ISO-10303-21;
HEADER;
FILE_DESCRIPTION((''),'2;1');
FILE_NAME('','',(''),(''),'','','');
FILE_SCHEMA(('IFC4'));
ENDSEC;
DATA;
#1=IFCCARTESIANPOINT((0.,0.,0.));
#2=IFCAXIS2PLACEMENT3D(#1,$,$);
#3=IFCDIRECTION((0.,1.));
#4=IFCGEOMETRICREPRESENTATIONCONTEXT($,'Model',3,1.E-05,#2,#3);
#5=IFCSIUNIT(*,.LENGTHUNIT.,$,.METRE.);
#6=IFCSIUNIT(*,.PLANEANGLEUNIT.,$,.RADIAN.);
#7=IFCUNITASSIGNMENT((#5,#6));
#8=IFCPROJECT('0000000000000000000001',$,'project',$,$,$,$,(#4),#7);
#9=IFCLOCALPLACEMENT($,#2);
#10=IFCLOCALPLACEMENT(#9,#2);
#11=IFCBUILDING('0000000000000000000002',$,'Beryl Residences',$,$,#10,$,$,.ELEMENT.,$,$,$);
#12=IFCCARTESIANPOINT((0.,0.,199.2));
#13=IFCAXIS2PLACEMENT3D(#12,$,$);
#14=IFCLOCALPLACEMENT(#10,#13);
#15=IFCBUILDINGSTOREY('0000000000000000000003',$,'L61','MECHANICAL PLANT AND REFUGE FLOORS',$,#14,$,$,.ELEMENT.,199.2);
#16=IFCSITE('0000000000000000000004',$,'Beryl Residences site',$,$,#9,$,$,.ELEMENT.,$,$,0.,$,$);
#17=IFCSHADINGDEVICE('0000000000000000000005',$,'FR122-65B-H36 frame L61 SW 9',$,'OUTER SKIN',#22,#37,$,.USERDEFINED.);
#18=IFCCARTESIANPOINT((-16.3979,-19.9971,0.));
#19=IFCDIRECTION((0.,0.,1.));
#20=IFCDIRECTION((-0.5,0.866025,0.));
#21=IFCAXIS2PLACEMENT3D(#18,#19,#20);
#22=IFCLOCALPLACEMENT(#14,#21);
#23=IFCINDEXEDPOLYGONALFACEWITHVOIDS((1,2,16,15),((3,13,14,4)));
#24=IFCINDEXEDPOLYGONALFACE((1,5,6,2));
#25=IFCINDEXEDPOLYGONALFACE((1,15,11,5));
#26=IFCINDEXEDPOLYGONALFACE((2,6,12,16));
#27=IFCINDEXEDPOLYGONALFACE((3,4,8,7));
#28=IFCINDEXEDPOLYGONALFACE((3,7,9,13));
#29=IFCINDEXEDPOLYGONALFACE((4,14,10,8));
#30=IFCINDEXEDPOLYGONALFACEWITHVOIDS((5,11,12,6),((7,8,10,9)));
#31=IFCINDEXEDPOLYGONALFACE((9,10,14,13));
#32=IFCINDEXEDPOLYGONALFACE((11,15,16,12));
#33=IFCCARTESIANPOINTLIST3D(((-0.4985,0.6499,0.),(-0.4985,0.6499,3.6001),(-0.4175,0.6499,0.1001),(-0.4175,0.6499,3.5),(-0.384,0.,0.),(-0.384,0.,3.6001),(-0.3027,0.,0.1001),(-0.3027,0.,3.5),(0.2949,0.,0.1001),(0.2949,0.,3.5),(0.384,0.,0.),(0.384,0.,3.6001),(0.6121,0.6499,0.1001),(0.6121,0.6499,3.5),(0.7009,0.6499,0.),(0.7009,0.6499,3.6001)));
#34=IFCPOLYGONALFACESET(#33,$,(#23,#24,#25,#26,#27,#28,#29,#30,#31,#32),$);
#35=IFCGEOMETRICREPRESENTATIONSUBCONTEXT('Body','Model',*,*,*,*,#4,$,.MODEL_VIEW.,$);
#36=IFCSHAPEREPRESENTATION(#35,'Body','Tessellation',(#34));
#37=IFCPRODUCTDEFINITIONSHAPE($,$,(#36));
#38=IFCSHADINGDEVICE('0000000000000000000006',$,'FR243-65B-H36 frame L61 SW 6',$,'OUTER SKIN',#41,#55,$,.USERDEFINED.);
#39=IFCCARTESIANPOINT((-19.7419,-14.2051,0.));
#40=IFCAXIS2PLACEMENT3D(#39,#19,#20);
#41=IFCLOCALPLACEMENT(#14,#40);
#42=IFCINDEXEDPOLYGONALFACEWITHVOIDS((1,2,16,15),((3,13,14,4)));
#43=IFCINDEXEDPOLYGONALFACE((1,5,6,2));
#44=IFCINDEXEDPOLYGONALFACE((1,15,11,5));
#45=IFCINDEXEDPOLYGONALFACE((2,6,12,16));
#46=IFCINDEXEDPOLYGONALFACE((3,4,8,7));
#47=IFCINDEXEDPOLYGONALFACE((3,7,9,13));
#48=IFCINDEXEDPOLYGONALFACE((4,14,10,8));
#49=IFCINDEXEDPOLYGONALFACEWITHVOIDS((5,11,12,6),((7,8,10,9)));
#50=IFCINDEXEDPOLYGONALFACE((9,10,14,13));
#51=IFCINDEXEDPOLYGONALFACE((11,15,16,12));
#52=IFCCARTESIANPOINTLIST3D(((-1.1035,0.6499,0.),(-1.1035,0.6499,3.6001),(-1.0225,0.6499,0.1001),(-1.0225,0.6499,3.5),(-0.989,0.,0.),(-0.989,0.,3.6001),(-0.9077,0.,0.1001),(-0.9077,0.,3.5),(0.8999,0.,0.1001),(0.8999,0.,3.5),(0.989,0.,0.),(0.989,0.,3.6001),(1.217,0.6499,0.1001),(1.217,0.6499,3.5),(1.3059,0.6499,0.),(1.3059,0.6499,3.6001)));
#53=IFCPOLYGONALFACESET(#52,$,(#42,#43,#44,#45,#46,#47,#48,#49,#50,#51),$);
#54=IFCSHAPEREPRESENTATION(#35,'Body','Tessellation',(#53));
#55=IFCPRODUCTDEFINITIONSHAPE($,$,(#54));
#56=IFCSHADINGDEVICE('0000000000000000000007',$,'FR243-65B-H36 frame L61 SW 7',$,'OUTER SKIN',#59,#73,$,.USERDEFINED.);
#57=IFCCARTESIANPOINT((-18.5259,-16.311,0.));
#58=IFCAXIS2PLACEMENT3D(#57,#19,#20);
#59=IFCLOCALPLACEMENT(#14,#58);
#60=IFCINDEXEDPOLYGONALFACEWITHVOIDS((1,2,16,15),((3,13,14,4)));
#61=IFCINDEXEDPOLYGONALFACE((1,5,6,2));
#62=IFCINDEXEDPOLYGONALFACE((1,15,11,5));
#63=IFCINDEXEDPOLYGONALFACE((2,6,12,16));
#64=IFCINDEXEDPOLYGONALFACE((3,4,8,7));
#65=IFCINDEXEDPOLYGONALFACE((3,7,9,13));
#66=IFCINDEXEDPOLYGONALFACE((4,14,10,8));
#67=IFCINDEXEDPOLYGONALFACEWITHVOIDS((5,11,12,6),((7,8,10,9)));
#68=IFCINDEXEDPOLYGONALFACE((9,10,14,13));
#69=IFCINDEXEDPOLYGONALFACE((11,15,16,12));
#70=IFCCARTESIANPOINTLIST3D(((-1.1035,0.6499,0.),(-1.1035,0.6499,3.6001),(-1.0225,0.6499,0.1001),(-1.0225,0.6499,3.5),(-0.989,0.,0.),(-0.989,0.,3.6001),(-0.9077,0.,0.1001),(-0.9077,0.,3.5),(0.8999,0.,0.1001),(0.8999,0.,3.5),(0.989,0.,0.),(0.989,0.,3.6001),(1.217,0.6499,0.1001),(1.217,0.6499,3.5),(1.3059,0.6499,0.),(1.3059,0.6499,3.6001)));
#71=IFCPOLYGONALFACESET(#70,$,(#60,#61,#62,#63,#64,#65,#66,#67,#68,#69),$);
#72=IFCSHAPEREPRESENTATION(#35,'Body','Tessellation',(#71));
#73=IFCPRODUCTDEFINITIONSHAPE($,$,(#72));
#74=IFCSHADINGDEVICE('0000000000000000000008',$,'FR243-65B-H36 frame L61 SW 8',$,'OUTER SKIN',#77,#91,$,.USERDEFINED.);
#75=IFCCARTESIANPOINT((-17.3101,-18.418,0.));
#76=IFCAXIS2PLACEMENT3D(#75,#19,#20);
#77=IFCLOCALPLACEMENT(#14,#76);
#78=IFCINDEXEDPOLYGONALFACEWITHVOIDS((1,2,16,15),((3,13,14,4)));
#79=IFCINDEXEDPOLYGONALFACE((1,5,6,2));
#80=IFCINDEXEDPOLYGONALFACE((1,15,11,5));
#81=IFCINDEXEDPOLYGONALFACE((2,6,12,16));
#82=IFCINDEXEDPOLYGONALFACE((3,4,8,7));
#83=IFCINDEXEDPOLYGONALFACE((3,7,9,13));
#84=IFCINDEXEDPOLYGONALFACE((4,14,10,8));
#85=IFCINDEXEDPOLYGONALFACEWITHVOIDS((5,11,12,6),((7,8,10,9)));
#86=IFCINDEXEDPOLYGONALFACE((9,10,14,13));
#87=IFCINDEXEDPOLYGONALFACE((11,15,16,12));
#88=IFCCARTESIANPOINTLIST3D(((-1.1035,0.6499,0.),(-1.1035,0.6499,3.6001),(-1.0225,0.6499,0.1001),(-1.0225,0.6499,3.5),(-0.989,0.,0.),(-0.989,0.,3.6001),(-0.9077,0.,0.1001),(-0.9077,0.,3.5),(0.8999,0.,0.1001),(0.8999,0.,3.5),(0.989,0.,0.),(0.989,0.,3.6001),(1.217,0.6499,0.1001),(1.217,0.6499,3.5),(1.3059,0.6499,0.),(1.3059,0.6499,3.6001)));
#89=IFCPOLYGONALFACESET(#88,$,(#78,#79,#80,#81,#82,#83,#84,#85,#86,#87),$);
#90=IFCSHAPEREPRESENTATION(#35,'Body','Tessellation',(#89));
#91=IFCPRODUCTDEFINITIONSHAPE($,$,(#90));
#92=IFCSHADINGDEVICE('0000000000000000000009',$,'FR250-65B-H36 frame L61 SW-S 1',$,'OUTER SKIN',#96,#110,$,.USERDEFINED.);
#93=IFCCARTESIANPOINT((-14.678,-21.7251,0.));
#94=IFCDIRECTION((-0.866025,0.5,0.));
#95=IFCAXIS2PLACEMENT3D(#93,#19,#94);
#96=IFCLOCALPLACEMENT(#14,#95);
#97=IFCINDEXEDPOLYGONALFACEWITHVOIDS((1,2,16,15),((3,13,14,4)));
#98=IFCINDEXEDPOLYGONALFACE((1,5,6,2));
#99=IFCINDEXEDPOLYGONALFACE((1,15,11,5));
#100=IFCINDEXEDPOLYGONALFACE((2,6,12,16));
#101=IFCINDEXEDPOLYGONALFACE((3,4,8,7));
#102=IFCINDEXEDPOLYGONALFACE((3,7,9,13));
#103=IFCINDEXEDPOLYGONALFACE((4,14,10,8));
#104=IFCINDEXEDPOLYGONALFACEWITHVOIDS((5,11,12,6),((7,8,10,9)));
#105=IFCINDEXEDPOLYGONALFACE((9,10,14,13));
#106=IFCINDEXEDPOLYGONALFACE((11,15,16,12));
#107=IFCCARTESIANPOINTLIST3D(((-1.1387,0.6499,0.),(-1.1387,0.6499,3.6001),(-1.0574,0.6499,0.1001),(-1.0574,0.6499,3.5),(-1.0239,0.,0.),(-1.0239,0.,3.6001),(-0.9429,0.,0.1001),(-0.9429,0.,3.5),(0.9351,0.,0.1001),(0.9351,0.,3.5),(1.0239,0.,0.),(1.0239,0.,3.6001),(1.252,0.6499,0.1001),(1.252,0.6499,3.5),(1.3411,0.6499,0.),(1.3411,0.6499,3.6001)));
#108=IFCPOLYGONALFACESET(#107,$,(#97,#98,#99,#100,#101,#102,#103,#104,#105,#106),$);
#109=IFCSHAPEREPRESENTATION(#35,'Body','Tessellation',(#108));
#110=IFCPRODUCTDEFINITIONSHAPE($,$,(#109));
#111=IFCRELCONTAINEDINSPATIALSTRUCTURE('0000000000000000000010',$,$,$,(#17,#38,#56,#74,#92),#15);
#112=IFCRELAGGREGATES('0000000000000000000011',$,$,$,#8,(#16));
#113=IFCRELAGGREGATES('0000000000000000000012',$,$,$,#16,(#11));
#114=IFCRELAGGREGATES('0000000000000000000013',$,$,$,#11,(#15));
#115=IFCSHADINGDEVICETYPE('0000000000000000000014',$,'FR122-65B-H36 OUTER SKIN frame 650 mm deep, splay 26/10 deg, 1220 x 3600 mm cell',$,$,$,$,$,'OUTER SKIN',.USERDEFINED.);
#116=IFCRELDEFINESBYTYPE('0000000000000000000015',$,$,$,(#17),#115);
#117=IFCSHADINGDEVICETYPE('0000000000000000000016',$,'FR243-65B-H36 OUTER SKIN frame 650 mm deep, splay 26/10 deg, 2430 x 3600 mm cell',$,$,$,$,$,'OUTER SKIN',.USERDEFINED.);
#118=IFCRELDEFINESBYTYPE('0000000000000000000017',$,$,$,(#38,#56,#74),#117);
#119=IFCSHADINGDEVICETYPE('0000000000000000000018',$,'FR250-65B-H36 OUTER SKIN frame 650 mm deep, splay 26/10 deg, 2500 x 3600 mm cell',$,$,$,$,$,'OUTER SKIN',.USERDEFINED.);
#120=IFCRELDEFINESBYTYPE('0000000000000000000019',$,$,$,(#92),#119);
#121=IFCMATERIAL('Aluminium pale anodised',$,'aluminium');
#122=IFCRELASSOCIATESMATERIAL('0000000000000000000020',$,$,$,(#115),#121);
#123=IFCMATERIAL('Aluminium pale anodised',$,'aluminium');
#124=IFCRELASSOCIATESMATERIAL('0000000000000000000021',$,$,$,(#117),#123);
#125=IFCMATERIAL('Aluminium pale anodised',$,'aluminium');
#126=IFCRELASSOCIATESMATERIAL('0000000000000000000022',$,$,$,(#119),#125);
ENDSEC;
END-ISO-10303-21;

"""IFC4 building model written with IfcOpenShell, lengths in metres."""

from ifc_helpers import new_model, entity, si_unit, direction, frame, origin, place, context, subcontext, project, spatial, source, transform, mapped, material, type_object, type_shapes, element, save


model = new_model("IFC4")

# Units and contexts
model_context = context("Model", 3, precision=1e-05, world=origin(), true_north=direction((0.0, 1.0)))
body_context = subcontext(model_context, "Body", "Model", "MODEL_VIEW")
ifc_project = project(units=[si_unit("LENGTHUNIT", "METRE"), si_unit("PLANEANGLEUNIT", "RADIAN")], contexts=[model_context])

# Site, building, storey
site_placement = place(None, origin())
site = spatial("IfcSite", under=ifc_project, at=site_placement, Name="Beryl Residences site", CompositionType="ELEMENT", RefElevation=0.0)
building_placement = place(site_placement, origin())
building = spatial("IfcBuilding", under=site, at=building_placement, Name="Beryl Residences", CompositionType="ELEMENT")
storey_placement = place(building_placement, frame((0.0, 0.0, 199.2)))
storey = spatial("IfcBuildingStorey", under=building, at=storey_placement, Name="L61", Description="MECHANICAL PLANT AND REFUGE FLOORS", CompositionType="ELEMENT", Elevation=199.2)

# Shading devices
ifc_material_1 = material(Name="Aluminium pale anodised", Category="aluminium")
shading_device_type_1 = type_object("IfcShadingDeviceType", Name="FR122-65B-H36 OUTER SKIN frame 650 mm deep, splay 26/10 deg, 1220 x 3600 mm cell", ElementType="OUTER SKIN", PredefinedType="USERDEFINED", material=ifc_material_1)
cartesian_point_1 = entity("IfcCartesianPoint", [-0.384, 0.0])
cartesian_point_2 = entity("IfcCartesianPoint", [-0.2949, 0.1001])
cartesian_point_3 = entity("IfcCartesianPoint", [-0.7009, 0.0])
cartesian_point_4 = entity("IfcCartesianPoint", [-0.6121, 0.1001])
shared_shape_1 = source(origin(), body_context, "Body", "SweptSolid", [
    entity("IfcExtrudedAreaSolidTapered", entity("IfcArbitraryProfileDefWithVoids", "AREA", None, entity("IfcPolyline", [cartesian_point_1, entity("IfcCartesianPoint", [0.384, 0.0]), entity("IfcCartesianPoint", [0.384, 3.6001]), entity("IfcCartesianPoint", [-0.384, 3.6001]), cartesian_point_1]), [entity("IfcPolyline", [cartesian_point_2, entity("IfcCartesianPoint", [0.3027, 0.1001]), entity("IfcCartesianPoint", [0.3027, 3.5]), entity("IfcCartesianPoint", [-0.2949, 3.5]), cartesian_point_2])]), entity("IfcAxis2Placement3D", entity("IfcCartesianPoint", [0.0, 0.0, 0.0]), entity("IfcDirection", [0.0, 1.0, 0.0]), entity("IfcDirection", [-1.0, 0.0, 0.0])), entity("IfcDirection", [0.0, 0.0, 1.0]), 0.6499, entity("IfcArbitraryProfileDefWithVoids", "AREA", None, entity("IfcPolyline", [cartesian_point_3, entity("IfcCartesianPoint", [0.4985, 0.0]), entity("IfcCartesianPoint", [0.4985, 3.6001]), entity("IfcCartesianPoint", [-0.7009, 3.6001]), cartesian_point_3]), [entity("IfcPolyline", [cartesian_point_4, entity("IfcCartesianPoint", [0.4175, 0.1001]), entity("IfcCartesianPoint", [0.4175, 3.5]), entity("IfcCartesianPoint", [-0.6121, 3.5]), cartesian_point_4])])),
])
type_shapes(shading_device_type_1, [shared_shape_1])
shading_device_1_placement = place(storey_placement, frame((-16.3979, -19.9971, 0.0), z_axis=(0.0, 0.0, 1.0), x_axis=(-0.5, 0.866025, 0.0)))
element("IfcShadingDevice", 1, at=shading_device_1_placement, inside=storey, type_object=shading_device_type_1, Name="FR122-65B-H36 frame L61 SW 9", ObjectType="OUTER SKIN", PredefinedType="USERDEFINED", context=body_context, shape_type="MappedRepresentation", body=[
    mapped(shared_shape_1, transform((0.0, 0.0, 0.0))),
])
ifc_material_2 = material(Name="Aluminium pale anodised", Category="aluminium")
shading_device_type_2 = type_object("IfcShadingDeviceType", Name="FR243-65B-H36 OUTER SKIN frame 650 mm deep, splay 26/10 deg, 2430 x 3600 mm cell", ElementType="OUTER SKIN", PredefinedType="USERDEFINED", material=ifc_material_2)
cartesian_point_5 = entity("IfcCartesianPoint", [-0.989, 0.0])
cartesian_point_6 = entity("IfcCartesianPoint", [-0.8999, 0.1001])
cartesian_point_7 = entity("IfcCartesianPoint", [-1.3059, 0.0])
cartesian_point_8 = entity("IfcCartesianPoint", [-1.217, 0.1001])
shared_shape_2 = source(origin(), body_context, "Body", "SweptSolid", [
    entity("IfcExtrudedAreaSolidTapered", entity("IfcArbitraryProfileDefWithVoids", "AREA", None, entity("IfcPolyline", [cartesian_point_5, entity("IfcCartesianPoint", [0.989, 0.0]), entity("IfcCartesianPoint", [0.989, 3.6001]), entity("IfcCartesianPoint", [-0.989, 3.6001]), cartesian_point_5]), [entity("IfcPolyline", [cartesian_point_6, entity("IfcCartesianPoint", [0.9077, 0.1001]), entity("IfcCartesianPoint", [0.9077, 3.5]), entity("IfcCartesianPoint", [-0.8999, 3.5]), cartesian_point_6])]), entity("IfcAxis2Placement3D", entity("IfcCartesianPoint", [0.0, 0.0, 0.0]), entity("IfcDirection", [0.0, 1.0, 0.0]), entity("IfcDirection", [-1.0, 0.0, 0.0])), entity("IfcDirection", [0.0, 0.0, 1.0]), 0.6499, entity("IfcArbitraryProfileDefWithVoids", "AREA", None, entity("IfcPolyline", [cartesian_point_7, entity("IfcCartesianPoint", [1.1035, 0.0]), entity("IfcCartesianPoint", [1.1035, 3.6001]), entity("IfcCartesianPoint", [-1.3059, 3.6001]), cartesian_point_7]), [entity("IfcPolyline", [cartesian_point_8, entity("IfcCartesianPoint", [1.0225, 0.1001]), entity("IfcCartesianPoint", [1.0225, 3.5]), entity("IfcCartesianPoint", [-1.217, 3.5]), cartesian_point_8])])),
])
type_shapes(shading_device_type_2, [shared_shape_2])
for number, where, z_axis, x_axis, name in (
    (2, (-19.7419, -14.2051, 0.0), (0.0, 0.0, 1.0), (-0.5, 0.866025, 0.0), "FR243-65B-H36 frame L61 SW 6"),
    (3, (-18.5259, -16.311, 0.0), (0.0, 0.0, 1.0), (-0.5, 0.866025, 0.0), "FR243-65B-H36 frame L61 SW 7"),
    (4, (-17.3101, -18.418, 0.0), (0.0, 0.0, 1.0), (-0.5, 0.866025, 0.0), "FR243-65B-H36 frame L61 SW 8"),
):
    element("IfcShadingDevice", number, at=place(storey_placement, frame(where, z_axis=z_axis, x_axis=x_axis)), inside=storey, type_object=shading_device_type_2, Name=name, ObjectType="OUTER SKIN", PredefinedType="USERDEFINED", context=body_context, shape_type="MappedRepresentation", body=[
        mapped(shared_shape_2, transform((0.0, 0.0, 0.0))),
    ])
ifc_material_3 = material(Name="Aluminium pale anodised", Category="aluminium")
shading_device_type_3 = type_object("IfcShadingDeviceType", Name="FR250-65B-H36 OUTER SKIN frame 650 mm deep, splay 26/10 deg, 2500 x 3600 mm cell", ElementType="OUTER SKIN", PredefinedType="USERDEFINED", material=ifc_material_3)
cartesian_point_9 = entity("IfcCartesianPoint", [-1.0239, 0.0])
cartesian_point_10 = entity("IfcCartesianPoint", [-0.9351, 0.1001])
cartesian_point_11 = entity("IfcCartesianPoint", [-1.3411, 0.0])
cartesian_point_12 = entity("IfcCartesianPoint", [-1.252, 0.1001])
shared_shape_3 = source(origin(), body_context, "Body", "SweptSolid", [
    entity("IfcExtrudedAreaSolidTapered", entity("IfcArbitraryProfileDefWithVoids", "AREA", None, entity("IfcPolyline", [cartesian_point_9, entity("IfcCartesianPoint", [1.0239, 0.0]), entity("IfcCartesianPoint", [1.0239, 3.6001]), entity("IfcCartesianPoint", [-1.0239, 3.6001]), cartesian_point_9]), [entity("IfcPolyline", [cartesian_point_10, entity("IfcCartesianPoint", [0.9429, 0.1001]), entity("IfcCartesianPoint", [0.9429, 3.5]), entity("IfcCartesianPoint", [-0.9351, 3.5]), cartesian_point_10])]), entity("IfcAxis2Placement3D", entity("IfcCartesianPoint", [0.0, 0.0, 0.0]), entity("IfcDirection", [0.0, 1.0, 0.0]), entity("IfcDirection", [-1.0, 0.0, 0.0])), entity("IfcDirection", [0.0, 0.0, 1.0]), 0.6499, entity("IfcArbitraryProfileDefWithVoids", "AREA", None, entity("IfcPolyline", [cartesian_point_11, entity("IfcCartesianPoint", [1.1387, 0.0]), entity("IfcCartesianPoint", [1.1387, 3.6001]), entity("IfcCartesianPoint", [-1.3411, 3.6001]), cartesian_point_11]), [entity("IfcPolyline", [cartesian_point_12, entity("IfcCartesianPoint", [1.0574, 0.1001]), entity("IfcCartesianPoint", [1.0574, 3.5]), entity("IfcCartesianPoint", [-1.252, 3.5]), cartesian_point_12])])),
])
type_shapes(shading_device_type_3, [shared_shape_3])
shading_device_2_placement = place(storey_placement, frame((-14.678, -21.7251, 0.0), z_axis=(0.0, 0.0, 1.0), x_axis=(-0.866025, 0.5, 0.0)))
element("IfcShadingDevice", 5, at=shading_device_2_placement, inside=storey, type_object=shading_device_type_3, Name="FR250-65B-H36 frame L61 SW-S 1", ObjectType="OUTER SKIN", PredefinedType="USERDEFINED", context=body_context, shape_type="MappedRepresentation", body=[
    mapped(shared_shape_3, transform((0.0, 0.0, 0.0))),
])

save(model, "model.ifc")
